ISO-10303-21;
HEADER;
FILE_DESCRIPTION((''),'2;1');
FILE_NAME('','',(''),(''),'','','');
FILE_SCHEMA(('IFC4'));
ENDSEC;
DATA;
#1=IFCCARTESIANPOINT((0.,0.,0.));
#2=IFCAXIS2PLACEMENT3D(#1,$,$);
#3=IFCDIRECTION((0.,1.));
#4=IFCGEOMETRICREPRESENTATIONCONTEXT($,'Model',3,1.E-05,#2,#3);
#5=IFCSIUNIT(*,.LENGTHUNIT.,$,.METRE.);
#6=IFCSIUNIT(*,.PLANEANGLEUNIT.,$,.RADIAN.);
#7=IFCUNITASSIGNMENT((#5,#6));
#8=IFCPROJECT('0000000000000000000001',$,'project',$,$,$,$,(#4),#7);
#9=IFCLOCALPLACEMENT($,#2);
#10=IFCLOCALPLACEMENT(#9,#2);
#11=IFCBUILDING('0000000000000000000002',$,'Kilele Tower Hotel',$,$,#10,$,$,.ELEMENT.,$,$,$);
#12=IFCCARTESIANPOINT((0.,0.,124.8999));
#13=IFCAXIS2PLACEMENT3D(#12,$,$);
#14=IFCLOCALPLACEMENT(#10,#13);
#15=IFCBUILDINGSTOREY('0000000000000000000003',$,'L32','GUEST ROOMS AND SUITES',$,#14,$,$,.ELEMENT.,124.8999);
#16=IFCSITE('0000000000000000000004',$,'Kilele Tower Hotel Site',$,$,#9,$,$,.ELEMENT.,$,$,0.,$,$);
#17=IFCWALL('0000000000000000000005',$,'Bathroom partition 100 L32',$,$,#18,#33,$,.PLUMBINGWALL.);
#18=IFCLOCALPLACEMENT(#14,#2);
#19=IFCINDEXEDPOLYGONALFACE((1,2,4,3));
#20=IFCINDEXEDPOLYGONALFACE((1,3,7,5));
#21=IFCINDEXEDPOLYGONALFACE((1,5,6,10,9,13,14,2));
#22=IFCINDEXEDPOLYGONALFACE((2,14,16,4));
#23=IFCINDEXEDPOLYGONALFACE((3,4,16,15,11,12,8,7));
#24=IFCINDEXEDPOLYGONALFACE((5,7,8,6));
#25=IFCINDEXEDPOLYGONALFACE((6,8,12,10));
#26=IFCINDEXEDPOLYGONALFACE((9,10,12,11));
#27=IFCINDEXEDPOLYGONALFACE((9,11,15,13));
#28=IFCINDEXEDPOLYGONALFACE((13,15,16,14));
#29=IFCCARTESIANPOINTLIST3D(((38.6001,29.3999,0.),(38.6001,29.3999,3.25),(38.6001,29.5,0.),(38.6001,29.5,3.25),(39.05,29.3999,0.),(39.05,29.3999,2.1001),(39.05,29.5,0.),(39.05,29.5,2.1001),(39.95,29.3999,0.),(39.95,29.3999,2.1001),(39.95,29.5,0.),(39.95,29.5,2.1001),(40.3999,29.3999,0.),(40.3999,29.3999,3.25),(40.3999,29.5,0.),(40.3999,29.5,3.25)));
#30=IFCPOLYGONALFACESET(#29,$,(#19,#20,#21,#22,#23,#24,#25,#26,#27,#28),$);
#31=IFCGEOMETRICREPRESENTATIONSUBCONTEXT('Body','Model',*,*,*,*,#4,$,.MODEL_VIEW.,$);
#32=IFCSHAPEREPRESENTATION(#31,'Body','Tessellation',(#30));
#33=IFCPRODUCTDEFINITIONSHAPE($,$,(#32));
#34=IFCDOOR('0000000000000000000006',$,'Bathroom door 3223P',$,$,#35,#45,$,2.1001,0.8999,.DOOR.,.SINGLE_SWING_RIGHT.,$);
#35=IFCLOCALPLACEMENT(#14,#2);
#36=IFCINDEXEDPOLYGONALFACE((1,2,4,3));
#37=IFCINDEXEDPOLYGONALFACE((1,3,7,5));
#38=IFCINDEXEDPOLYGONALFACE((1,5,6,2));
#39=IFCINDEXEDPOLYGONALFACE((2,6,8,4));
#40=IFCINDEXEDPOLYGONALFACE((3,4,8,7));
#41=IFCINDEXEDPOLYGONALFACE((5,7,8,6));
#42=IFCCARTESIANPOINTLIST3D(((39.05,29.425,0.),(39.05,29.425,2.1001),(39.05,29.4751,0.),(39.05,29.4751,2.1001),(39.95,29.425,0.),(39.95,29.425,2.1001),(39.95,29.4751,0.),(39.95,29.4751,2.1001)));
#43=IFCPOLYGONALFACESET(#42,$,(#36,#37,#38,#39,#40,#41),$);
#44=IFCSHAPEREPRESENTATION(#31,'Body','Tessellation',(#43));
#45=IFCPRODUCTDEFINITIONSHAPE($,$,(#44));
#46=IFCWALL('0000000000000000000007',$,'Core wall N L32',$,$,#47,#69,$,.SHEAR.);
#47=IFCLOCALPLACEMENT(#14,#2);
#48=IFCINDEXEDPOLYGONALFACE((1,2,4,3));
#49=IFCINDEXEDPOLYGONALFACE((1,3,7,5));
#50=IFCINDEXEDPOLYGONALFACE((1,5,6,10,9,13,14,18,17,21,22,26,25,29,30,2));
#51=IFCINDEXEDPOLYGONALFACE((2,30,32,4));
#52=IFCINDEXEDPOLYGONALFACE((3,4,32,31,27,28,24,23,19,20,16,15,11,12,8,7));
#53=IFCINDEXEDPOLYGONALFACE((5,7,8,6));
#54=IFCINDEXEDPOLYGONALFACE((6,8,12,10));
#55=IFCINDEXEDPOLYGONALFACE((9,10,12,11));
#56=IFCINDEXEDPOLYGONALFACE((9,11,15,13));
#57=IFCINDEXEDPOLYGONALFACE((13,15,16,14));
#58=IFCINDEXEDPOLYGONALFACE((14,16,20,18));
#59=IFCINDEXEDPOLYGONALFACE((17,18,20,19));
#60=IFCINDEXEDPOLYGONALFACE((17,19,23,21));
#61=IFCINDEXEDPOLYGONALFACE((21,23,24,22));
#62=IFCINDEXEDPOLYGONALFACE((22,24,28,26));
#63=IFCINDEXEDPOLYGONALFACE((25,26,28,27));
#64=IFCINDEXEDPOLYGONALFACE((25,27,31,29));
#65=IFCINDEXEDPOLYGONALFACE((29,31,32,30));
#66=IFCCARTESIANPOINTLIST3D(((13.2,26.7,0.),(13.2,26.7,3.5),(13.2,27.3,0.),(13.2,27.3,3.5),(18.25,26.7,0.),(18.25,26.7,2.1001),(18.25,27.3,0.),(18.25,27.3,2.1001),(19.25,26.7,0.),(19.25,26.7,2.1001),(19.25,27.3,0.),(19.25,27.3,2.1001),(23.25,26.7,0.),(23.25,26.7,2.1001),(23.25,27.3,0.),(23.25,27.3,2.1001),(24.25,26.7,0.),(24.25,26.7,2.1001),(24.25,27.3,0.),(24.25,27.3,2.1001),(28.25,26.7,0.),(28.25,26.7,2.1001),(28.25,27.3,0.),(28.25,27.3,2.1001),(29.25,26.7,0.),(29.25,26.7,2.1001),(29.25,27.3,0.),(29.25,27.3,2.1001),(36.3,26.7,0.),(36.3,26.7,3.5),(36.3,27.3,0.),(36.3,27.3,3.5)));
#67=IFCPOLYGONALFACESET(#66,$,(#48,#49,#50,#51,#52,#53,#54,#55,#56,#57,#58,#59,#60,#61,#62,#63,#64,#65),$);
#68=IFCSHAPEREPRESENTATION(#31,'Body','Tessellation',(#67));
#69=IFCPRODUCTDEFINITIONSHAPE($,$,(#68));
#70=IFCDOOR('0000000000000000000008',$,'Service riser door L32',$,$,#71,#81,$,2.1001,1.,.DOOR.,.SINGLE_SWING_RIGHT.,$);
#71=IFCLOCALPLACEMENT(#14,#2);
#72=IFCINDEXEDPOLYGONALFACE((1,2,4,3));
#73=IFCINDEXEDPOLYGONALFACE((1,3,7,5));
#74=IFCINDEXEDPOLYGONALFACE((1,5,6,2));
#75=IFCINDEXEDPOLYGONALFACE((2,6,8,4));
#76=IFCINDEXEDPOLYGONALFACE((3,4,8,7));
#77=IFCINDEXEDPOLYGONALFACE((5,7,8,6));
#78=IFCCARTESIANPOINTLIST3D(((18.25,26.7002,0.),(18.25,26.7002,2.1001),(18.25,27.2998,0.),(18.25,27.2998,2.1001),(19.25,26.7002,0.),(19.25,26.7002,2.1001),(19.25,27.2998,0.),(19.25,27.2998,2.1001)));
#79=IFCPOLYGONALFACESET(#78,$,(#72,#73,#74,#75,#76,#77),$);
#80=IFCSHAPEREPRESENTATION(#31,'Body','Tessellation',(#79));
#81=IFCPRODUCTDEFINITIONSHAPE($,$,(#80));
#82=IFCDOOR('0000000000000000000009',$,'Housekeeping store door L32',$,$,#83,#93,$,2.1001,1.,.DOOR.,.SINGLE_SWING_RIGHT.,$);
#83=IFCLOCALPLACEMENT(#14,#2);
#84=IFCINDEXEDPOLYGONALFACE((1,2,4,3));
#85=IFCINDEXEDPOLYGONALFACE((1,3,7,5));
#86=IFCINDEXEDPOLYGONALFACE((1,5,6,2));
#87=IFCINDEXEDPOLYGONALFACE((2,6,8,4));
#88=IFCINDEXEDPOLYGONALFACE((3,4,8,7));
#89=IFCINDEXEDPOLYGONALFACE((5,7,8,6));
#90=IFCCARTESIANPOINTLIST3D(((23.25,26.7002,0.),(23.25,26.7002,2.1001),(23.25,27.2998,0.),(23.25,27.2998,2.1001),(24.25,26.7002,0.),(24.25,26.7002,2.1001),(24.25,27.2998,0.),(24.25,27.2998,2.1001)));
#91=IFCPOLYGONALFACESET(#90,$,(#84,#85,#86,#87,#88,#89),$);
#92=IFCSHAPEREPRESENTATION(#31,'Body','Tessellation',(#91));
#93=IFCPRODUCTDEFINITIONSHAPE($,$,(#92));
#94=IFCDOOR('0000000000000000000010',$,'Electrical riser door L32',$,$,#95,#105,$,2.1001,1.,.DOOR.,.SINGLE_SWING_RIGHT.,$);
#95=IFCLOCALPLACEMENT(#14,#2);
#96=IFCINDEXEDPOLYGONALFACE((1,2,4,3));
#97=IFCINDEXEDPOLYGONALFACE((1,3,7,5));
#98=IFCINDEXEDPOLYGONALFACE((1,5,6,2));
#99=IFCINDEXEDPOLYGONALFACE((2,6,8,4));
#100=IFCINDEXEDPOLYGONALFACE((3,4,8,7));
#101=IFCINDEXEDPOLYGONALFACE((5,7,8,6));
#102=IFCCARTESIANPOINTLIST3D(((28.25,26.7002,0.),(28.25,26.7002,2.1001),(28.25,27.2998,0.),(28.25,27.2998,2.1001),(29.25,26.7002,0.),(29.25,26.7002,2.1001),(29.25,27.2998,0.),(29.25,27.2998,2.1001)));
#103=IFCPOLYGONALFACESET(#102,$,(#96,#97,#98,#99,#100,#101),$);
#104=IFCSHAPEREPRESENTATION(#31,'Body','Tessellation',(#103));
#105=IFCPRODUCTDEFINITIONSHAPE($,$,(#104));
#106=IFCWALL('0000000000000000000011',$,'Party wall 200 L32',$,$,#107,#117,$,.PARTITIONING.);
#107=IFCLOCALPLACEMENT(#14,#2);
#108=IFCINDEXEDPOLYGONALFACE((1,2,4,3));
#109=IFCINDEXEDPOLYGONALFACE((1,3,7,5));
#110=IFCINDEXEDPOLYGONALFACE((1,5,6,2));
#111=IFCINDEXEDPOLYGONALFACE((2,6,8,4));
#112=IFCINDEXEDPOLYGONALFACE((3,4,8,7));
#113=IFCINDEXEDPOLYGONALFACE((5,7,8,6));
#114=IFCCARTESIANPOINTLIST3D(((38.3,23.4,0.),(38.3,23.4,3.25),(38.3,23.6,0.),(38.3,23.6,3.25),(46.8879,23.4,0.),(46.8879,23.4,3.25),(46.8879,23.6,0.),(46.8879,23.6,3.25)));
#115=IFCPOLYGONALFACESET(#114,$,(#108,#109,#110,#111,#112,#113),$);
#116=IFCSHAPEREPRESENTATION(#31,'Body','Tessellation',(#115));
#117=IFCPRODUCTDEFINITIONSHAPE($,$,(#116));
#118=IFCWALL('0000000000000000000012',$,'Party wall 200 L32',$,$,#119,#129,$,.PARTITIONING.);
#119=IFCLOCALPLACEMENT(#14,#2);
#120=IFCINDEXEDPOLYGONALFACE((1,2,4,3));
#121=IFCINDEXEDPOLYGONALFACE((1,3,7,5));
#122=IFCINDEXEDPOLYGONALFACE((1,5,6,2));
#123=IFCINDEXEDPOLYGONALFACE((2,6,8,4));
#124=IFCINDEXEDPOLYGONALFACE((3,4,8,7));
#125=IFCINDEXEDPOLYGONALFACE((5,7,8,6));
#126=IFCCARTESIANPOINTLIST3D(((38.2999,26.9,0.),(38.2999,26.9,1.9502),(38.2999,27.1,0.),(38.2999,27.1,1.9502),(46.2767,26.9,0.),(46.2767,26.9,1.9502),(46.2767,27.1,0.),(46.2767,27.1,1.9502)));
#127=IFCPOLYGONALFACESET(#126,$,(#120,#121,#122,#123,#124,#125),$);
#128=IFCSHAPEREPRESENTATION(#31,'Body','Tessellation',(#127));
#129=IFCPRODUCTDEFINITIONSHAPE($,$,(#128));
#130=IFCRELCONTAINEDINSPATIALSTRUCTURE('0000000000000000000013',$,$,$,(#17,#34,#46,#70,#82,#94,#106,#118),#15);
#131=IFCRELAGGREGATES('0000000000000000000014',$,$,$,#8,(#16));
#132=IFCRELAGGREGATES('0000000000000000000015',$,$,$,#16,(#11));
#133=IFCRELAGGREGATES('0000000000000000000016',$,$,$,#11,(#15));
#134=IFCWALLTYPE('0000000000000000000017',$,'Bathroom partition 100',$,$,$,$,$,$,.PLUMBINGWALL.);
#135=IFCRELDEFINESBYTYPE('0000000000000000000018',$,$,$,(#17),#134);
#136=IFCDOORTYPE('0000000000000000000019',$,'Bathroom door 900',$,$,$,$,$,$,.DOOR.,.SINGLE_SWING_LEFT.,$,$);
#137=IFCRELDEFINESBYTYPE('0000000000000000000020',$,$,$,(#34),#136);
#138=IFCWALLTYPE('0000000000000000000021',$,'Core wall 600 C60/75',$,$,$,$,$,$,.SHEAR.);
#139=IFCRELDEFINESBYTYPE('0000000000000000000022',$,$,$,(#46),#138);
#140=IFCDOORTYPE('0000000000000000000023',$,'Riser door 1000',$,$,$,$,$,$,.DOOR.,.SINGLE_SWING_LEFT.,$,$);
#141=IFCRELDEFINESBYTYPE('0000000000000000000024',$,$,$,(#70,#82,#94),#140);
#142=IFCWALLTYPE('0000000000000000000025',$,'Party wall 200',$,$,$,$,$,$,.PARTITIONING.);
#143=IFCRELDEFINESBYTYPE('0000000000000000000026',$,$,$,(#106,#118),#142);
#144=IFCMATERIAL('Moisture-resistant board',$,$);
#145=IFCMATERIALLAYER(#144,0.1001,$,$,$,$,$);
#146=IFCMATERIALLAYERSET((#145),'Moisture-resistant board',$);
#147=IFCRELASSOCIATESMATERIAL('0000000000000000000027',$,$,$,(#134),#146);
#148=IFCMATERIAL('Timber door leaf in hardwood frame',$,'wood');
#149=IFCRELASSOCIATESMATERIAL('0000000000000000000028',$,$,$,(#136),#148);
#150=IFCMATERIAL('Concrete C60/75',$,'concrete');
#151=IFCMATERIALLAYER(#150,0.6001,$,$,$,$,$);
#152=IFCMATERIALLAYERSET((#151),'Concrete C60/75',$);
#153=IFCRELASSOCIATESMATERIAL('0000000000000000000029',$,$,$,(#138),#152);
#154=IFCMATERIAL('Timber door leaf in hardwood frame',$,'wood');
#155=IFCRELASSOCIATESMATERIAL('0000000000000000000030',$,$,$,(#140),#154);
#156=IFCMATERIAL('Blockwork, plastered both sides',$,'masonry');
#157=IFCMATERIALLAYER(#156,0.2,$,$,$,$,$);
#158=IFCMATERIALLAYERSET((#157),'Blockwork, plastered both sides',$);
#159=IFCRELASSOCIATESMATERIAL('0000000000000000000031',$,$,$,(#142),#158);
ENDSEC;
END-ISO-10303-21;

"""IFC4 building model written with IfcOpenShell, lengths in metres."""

from ifc_helpers import new_model, si_unit, direction, frame, frame_2d, origin, place, context, subcontext, project, spatial, rectangle, extrude, material, layer, layer_set, type_object, element, fill, save


model = new_model("IFC4")

# Units and contexts
model_context = context("Model", 3, precision=1e-05, world=origin(), true_north=direction((0.0, 1.0)))
body_context = subcontext(model_context, "Body", "Model", "MODEL_VIEW")
ifc_project = project(units=[si_unit("LENGTHUNIT", "METRE"), si_unit("PLANEANGLEUNIT", "RADIAN")], contexts=[model_context])

# Site, building, storey
site_placement = place(None, origin())
site = spatial("IfcSite", under=ifc_project, at=site_placement, Name="Kilele Tower Hotel Site", CompositionType="ELEMENT", RefElevation=0.0)
building_placement = place(site_placement, origin())
building = spatial("IfcBuilding", under=site, at=building_placement, Name="Kilele Tower Hotel", CompositionType="ELEMENT")
storey_placement = place(building_placement, frame((0.0, 0.0, 124.8999)))
storey = spatial("IfcBuildingStorey", under=building, at=storey_placement, Name="L32", Description="GUEST ROOMS AND SUITES", CompositionType="ELEMENT", Elevation=124.8999)

# Shared definitions
ifc_material_1 = material(Name="Moisture-resistant board")
ifc_layer_1 = layer(ifc_material_1, 0.1001)
ifc_layer_set_1 = layer_set([ifc_layer_1], Name="Moisture-resistant board")
wall_type_1 = type_object("IfcWallType", Name="Bathroom partition 100", PredefinedType="PLUMBINGWALL", material=ifc_layer_set_1)

# Shared definitions
ifc_material_2 = material(Name="Timber door leaf in hardwood frame", Category="wood")
door_type_1 = type_object("IfcDoorType", Name="Bathroom door 900", OperationType="SINGLE_SWING_LEFT", PredefinedType="DOOR", material=ifc_material_2)

# Wall, opening, door
wall_1_placement = place(storey_placement, frame((38.6001, 29.45, 0.0), z_axis=(0.0, 0.0, 1.0), x_axis=(1.0, 0.0, 0.0)))
wall_1 = element("IfcWall", 1, at=wall_1_placement, inside=storey, type_object=wall_type_1, Name="Bathroom partition 100 L32", PredefinedType="PLUMBINGWALL", context=body_context, shape_type="SweptSolid", body=[
    extrude(rectangle(XDim=1.7998, YDim=0.1001, at=frame_2d((0.8999, 0.0))), origin(), (0.0, 0.0, 1.0), 3.25),
])
opening_1_placement = place(wall_1_placement, frame((1.3499, 0.0, 0.0), z_axis=(0.0, 0.0, 1.0), x_axis=(-1.0, 0.0, 0.0)))
opening_1 = element("IfcOpeningElement", 2, at=opening_1_placement, cuts=wall_1, PredefinedType="OPENING", context=body_context, shape_type="SweptSolid", body=[
    extrude(rectangle(XDim=0.8999, YDim=2.1001, at=frame_2d((0.45, 1.05))), frame((0.0, 0.0601, 0.0), z_axis=(0.0, -1.0, 0.0), x_axis=(1.0, 0.0, 0.0)), (0.0, 0.0, 1.0), 0.1201),
])
door_1_placement = place(opening_1_placement, origin())
door_1 = element("IfcDoor", 3, at=door_1_placement, inside=storey, type_object=door_type_1, Name="Bathroom door 3223P", OperationType="SINGLE_SWING_RIGHT", OverallHeight=2.1001, OverallWidth=0.8999, PredefinedType="DOOR", context=body_context, shape_type="SweptSolid", body=[
    extrude(rectangle(XDim=0.8999, YDim=2.1001, at=frame_2d((0.45, 1.05))), frame((0.0, 0.0249, 0.0), z_axis=(0.0, -1.0, 0.0), x_axis=(1.0, 0.0, 0.0)), (0.0, 0.0, 1.0), 0.05),
])
fill(opening_1, door_1)

# Wall, openings, doors
ifc_material_3 = material(Name="Concrete C60/75", Category="concrete")
ifc_layer_2 = layer(ifc_material_3, 0.6001)
ifc_layer_set_2 = layer_set([ifc_layer_2], Name="Concrete C60/75")
wall_type_2 = type_object("IfcWallType", Name="Core wall 600 C60/75", PredefinedType="SHEAR", material=ifc_layer_set_2)
wall_2_placement = place(storey_placement, frame((36.3, 27.0, 0.0), z_axis=(0.0, 0.0, 1.0), x_axis=(-1.0, 0.0, 0.0)))
wall_2 = element("IfcWall", 4, at=wall_2_placement, inside=storey, type_object=wall_type_2, Name="Core wall N L32", PredefinedType="SHEAR", context=body_context, shape_type="SweptSolid", body=[
    extrude(rectangle(XDim=23.1001, YDim=0.6001, at=frame_2d((11.55, 0.0))), origin(), (0.0, 0.0, 1.0), 3.5),
])
opening_2_placement = place(wall_2_placement, frame((17.05, 0.0, 0.0)))
opening_2 = element("IfcOpeningElement", 5, at=opening_2_placement, cuts=wall_2, PredefinedType="OPENING", context=body_context, shape_type="SweptSolid", body=[
    extrude(rectangle(XDim=1.0, YDim=2.1001, at=frame_2d((0.5, 1.05))), frame((0.0, 0.3101, 0.0), z_axis=(0.0, -1.0, 0.0), x_axis=(1.0, 0.0, 0.0)), (0.0, 0.0, 1.0), 0.6201),
])
opening_3_placement = place(wall_2_placement, frame((12.05, 0.0, 0.0)))
opening_3 = element("IfcOpeningElement", 6, at=opening_3_placement, cuts=wall_2, PredefinedType="OPENING", context=body_context, shape_type="SweptSolid", body=[
    extrude(rectangle(XDim=1.0, YDim=2.1001, at=frame_2d((0.5, 1.05))), frame((0.0, 0.3101, 0.0), z_axis=(0.0, -1.0, 0.0), x_axis=(1.0, 0.0, 0.0)), (0.0, 0.0, 1.0), 0.6201),
])
opening_4_placement = place(wall_2_placement, frame((7.05, 0.0, 0.0)))
opening_4 = element("IfcOpeningElement", 7, at=opening_4_placement, cuts=wall_2, PredefinedType="OPENING", context=body_context, shape_type="SweptSolid", body=[
    extrude(rectangle(XDim=1.0, YDim=2.1001, at=frame_2d((0.5, 1.05))), frame((0.0, 0.3101, 0.0), z_axis=(0.0, -1.0, 0.0), x_axis=(1.0, 0.0, 0.0)), (0.0, 0.0, 1.0), 0.6201),
])
ifc_material_4 = material(Name="Timber door leaf in hardwood frame", Category="wood")
door_type_2 = type_object("IfcDoorType", Name="Riser door 1000", OperationType="SINGLE_SWING_LEFT", PredefinedType="DOOR", material=ifc_material_4)
door_2_placement = place(opening_2_placement, origin())
door_2 = element("IfcDoor", 8, at=door_2_placement, inside=storey, type_object=door_type_2, Name="Service riser door L32", OperationType="SINGLE_SWING_RIGHT", OverallHeight=2.1001, OverallWidth=1.0, PredefinedType="DOOR", context=body_context, shape_type="SweptSolid", body=[
    extrude(rectangle(XDim=1.0, YDim=2.1001, at=frame_2d((0.5, 1.05))), frame((0.0, 0.2998, 0.0), z_axis=(0.0, -1.0, 0.0), x_axis=(1.0, 0.0, 0.0)), (0.0, 0.0, 1.0), 0.5996),
])
fill(opening_2, door_2)
door_3_placement = place(opening_3_placement, origin())
door_3 = element("IfcDoor", 9, at=door_3_placement, inside=storey, type_object=door_type_2, Name="Housekeeping store door L32", OperationType="SINGLE_SWING_RIGHT", OverallHeight=2.1001, OverallWidth=1.0, PredefinedType="DOOR", context=body_context, shape_type="SweptSolid", body=[
    extrude(rectangle(XDim=1.0, YDim=2.1001, at=frame_2d((0.5, 1.05))), frame((0.0, 0.2998, 0.0), z_axis=(0.0, -1.0, 0.0), x_axis=(1.0, 0.0, 0.0)), (0.0, 0.0, 1.0), 0.5996),
])
fill(opening_3, door_3)
door_4_placement = place(opening_4_placement, origin())
door_4 = element("IfcDoor", 10, at=door_4_placement, inside=storey, type_object=door_type_2, Name="Electrical riser door L32", OperationType="SINGLE_SWING_RIGHT", OverallHeight=2.1001, OverallWidth=1.0, PredefinedType="DOOR", context=body_context, shape_type="SweptSolid", body=[
    extrude(rectangle(XDim=1.0, YDim=2.1001, at=frame_2d((0.5, 1.05))), frame((0.0, 0.2998, 0.0), z_axis=(0.0, -1.0, 0.0), x_axis=(1.0, 0.0, 0.0)), (0.0, 0.0, 1.0), 0.5996),
])
fill(opening_4, door_4)

# Walls
ifc_material_5 = material(Name="Blockwork, plastered both sides", Category="masonry")
ifc_layer_3 = layer(ifc_material_5, 0.2)
ifc_layer_set_3 = layer_set([ifc_layer_3], Name="Blockwork, plastered both sides")
wall_type_3 = type_object("IfcWallType", Name="Party wall 200", PredefinedType="PARTITIONING", material=ifc_layer_set_3)
wall_3_placement = place(storey_placement, frame((38.3, 23.5, 0.0), z_axis=(0.0, 0.0, 1.0), x_axis=(1.0, 0.0, 0.0)))
element("IfcWall", 11, at=wall_3_placement, inside=storey, type_object=wall_type_3, Name="Party wall 200 L32", PredefinedType="PARTITIONING", context=body_context, shape_type="SweptSolid", body=[
    extrude(rectangle(XDim=8.5879, YDim=0.2, at=frame_2d((4.2939, 0.0))), origin(), (0.0, 0.0, 1.0), 3.25),
])
wall_4_placement = place(storey_placement, frame((38.3, 27.0, 0.0), z_axis=(0.0, 0.0, 1.0), x_axis=(1.0, 0.0, 0.0)))
element("IfcWall", 12, at=wall_4_placement, inside=storey, type_object=wall_type_3, Name="Party wall 200 L32", PredefinedType="PARTITIONING", context=body_context, shape_type="SweptSolid", body=[
    extrude(rectangle(XDim=7.9768, YDim=0.2, at=frame_2d((3.9883, 0.0))), origin(), (0.0, 0.0, 1.0), 1.9502),
])

save(model, "model.ifc")
